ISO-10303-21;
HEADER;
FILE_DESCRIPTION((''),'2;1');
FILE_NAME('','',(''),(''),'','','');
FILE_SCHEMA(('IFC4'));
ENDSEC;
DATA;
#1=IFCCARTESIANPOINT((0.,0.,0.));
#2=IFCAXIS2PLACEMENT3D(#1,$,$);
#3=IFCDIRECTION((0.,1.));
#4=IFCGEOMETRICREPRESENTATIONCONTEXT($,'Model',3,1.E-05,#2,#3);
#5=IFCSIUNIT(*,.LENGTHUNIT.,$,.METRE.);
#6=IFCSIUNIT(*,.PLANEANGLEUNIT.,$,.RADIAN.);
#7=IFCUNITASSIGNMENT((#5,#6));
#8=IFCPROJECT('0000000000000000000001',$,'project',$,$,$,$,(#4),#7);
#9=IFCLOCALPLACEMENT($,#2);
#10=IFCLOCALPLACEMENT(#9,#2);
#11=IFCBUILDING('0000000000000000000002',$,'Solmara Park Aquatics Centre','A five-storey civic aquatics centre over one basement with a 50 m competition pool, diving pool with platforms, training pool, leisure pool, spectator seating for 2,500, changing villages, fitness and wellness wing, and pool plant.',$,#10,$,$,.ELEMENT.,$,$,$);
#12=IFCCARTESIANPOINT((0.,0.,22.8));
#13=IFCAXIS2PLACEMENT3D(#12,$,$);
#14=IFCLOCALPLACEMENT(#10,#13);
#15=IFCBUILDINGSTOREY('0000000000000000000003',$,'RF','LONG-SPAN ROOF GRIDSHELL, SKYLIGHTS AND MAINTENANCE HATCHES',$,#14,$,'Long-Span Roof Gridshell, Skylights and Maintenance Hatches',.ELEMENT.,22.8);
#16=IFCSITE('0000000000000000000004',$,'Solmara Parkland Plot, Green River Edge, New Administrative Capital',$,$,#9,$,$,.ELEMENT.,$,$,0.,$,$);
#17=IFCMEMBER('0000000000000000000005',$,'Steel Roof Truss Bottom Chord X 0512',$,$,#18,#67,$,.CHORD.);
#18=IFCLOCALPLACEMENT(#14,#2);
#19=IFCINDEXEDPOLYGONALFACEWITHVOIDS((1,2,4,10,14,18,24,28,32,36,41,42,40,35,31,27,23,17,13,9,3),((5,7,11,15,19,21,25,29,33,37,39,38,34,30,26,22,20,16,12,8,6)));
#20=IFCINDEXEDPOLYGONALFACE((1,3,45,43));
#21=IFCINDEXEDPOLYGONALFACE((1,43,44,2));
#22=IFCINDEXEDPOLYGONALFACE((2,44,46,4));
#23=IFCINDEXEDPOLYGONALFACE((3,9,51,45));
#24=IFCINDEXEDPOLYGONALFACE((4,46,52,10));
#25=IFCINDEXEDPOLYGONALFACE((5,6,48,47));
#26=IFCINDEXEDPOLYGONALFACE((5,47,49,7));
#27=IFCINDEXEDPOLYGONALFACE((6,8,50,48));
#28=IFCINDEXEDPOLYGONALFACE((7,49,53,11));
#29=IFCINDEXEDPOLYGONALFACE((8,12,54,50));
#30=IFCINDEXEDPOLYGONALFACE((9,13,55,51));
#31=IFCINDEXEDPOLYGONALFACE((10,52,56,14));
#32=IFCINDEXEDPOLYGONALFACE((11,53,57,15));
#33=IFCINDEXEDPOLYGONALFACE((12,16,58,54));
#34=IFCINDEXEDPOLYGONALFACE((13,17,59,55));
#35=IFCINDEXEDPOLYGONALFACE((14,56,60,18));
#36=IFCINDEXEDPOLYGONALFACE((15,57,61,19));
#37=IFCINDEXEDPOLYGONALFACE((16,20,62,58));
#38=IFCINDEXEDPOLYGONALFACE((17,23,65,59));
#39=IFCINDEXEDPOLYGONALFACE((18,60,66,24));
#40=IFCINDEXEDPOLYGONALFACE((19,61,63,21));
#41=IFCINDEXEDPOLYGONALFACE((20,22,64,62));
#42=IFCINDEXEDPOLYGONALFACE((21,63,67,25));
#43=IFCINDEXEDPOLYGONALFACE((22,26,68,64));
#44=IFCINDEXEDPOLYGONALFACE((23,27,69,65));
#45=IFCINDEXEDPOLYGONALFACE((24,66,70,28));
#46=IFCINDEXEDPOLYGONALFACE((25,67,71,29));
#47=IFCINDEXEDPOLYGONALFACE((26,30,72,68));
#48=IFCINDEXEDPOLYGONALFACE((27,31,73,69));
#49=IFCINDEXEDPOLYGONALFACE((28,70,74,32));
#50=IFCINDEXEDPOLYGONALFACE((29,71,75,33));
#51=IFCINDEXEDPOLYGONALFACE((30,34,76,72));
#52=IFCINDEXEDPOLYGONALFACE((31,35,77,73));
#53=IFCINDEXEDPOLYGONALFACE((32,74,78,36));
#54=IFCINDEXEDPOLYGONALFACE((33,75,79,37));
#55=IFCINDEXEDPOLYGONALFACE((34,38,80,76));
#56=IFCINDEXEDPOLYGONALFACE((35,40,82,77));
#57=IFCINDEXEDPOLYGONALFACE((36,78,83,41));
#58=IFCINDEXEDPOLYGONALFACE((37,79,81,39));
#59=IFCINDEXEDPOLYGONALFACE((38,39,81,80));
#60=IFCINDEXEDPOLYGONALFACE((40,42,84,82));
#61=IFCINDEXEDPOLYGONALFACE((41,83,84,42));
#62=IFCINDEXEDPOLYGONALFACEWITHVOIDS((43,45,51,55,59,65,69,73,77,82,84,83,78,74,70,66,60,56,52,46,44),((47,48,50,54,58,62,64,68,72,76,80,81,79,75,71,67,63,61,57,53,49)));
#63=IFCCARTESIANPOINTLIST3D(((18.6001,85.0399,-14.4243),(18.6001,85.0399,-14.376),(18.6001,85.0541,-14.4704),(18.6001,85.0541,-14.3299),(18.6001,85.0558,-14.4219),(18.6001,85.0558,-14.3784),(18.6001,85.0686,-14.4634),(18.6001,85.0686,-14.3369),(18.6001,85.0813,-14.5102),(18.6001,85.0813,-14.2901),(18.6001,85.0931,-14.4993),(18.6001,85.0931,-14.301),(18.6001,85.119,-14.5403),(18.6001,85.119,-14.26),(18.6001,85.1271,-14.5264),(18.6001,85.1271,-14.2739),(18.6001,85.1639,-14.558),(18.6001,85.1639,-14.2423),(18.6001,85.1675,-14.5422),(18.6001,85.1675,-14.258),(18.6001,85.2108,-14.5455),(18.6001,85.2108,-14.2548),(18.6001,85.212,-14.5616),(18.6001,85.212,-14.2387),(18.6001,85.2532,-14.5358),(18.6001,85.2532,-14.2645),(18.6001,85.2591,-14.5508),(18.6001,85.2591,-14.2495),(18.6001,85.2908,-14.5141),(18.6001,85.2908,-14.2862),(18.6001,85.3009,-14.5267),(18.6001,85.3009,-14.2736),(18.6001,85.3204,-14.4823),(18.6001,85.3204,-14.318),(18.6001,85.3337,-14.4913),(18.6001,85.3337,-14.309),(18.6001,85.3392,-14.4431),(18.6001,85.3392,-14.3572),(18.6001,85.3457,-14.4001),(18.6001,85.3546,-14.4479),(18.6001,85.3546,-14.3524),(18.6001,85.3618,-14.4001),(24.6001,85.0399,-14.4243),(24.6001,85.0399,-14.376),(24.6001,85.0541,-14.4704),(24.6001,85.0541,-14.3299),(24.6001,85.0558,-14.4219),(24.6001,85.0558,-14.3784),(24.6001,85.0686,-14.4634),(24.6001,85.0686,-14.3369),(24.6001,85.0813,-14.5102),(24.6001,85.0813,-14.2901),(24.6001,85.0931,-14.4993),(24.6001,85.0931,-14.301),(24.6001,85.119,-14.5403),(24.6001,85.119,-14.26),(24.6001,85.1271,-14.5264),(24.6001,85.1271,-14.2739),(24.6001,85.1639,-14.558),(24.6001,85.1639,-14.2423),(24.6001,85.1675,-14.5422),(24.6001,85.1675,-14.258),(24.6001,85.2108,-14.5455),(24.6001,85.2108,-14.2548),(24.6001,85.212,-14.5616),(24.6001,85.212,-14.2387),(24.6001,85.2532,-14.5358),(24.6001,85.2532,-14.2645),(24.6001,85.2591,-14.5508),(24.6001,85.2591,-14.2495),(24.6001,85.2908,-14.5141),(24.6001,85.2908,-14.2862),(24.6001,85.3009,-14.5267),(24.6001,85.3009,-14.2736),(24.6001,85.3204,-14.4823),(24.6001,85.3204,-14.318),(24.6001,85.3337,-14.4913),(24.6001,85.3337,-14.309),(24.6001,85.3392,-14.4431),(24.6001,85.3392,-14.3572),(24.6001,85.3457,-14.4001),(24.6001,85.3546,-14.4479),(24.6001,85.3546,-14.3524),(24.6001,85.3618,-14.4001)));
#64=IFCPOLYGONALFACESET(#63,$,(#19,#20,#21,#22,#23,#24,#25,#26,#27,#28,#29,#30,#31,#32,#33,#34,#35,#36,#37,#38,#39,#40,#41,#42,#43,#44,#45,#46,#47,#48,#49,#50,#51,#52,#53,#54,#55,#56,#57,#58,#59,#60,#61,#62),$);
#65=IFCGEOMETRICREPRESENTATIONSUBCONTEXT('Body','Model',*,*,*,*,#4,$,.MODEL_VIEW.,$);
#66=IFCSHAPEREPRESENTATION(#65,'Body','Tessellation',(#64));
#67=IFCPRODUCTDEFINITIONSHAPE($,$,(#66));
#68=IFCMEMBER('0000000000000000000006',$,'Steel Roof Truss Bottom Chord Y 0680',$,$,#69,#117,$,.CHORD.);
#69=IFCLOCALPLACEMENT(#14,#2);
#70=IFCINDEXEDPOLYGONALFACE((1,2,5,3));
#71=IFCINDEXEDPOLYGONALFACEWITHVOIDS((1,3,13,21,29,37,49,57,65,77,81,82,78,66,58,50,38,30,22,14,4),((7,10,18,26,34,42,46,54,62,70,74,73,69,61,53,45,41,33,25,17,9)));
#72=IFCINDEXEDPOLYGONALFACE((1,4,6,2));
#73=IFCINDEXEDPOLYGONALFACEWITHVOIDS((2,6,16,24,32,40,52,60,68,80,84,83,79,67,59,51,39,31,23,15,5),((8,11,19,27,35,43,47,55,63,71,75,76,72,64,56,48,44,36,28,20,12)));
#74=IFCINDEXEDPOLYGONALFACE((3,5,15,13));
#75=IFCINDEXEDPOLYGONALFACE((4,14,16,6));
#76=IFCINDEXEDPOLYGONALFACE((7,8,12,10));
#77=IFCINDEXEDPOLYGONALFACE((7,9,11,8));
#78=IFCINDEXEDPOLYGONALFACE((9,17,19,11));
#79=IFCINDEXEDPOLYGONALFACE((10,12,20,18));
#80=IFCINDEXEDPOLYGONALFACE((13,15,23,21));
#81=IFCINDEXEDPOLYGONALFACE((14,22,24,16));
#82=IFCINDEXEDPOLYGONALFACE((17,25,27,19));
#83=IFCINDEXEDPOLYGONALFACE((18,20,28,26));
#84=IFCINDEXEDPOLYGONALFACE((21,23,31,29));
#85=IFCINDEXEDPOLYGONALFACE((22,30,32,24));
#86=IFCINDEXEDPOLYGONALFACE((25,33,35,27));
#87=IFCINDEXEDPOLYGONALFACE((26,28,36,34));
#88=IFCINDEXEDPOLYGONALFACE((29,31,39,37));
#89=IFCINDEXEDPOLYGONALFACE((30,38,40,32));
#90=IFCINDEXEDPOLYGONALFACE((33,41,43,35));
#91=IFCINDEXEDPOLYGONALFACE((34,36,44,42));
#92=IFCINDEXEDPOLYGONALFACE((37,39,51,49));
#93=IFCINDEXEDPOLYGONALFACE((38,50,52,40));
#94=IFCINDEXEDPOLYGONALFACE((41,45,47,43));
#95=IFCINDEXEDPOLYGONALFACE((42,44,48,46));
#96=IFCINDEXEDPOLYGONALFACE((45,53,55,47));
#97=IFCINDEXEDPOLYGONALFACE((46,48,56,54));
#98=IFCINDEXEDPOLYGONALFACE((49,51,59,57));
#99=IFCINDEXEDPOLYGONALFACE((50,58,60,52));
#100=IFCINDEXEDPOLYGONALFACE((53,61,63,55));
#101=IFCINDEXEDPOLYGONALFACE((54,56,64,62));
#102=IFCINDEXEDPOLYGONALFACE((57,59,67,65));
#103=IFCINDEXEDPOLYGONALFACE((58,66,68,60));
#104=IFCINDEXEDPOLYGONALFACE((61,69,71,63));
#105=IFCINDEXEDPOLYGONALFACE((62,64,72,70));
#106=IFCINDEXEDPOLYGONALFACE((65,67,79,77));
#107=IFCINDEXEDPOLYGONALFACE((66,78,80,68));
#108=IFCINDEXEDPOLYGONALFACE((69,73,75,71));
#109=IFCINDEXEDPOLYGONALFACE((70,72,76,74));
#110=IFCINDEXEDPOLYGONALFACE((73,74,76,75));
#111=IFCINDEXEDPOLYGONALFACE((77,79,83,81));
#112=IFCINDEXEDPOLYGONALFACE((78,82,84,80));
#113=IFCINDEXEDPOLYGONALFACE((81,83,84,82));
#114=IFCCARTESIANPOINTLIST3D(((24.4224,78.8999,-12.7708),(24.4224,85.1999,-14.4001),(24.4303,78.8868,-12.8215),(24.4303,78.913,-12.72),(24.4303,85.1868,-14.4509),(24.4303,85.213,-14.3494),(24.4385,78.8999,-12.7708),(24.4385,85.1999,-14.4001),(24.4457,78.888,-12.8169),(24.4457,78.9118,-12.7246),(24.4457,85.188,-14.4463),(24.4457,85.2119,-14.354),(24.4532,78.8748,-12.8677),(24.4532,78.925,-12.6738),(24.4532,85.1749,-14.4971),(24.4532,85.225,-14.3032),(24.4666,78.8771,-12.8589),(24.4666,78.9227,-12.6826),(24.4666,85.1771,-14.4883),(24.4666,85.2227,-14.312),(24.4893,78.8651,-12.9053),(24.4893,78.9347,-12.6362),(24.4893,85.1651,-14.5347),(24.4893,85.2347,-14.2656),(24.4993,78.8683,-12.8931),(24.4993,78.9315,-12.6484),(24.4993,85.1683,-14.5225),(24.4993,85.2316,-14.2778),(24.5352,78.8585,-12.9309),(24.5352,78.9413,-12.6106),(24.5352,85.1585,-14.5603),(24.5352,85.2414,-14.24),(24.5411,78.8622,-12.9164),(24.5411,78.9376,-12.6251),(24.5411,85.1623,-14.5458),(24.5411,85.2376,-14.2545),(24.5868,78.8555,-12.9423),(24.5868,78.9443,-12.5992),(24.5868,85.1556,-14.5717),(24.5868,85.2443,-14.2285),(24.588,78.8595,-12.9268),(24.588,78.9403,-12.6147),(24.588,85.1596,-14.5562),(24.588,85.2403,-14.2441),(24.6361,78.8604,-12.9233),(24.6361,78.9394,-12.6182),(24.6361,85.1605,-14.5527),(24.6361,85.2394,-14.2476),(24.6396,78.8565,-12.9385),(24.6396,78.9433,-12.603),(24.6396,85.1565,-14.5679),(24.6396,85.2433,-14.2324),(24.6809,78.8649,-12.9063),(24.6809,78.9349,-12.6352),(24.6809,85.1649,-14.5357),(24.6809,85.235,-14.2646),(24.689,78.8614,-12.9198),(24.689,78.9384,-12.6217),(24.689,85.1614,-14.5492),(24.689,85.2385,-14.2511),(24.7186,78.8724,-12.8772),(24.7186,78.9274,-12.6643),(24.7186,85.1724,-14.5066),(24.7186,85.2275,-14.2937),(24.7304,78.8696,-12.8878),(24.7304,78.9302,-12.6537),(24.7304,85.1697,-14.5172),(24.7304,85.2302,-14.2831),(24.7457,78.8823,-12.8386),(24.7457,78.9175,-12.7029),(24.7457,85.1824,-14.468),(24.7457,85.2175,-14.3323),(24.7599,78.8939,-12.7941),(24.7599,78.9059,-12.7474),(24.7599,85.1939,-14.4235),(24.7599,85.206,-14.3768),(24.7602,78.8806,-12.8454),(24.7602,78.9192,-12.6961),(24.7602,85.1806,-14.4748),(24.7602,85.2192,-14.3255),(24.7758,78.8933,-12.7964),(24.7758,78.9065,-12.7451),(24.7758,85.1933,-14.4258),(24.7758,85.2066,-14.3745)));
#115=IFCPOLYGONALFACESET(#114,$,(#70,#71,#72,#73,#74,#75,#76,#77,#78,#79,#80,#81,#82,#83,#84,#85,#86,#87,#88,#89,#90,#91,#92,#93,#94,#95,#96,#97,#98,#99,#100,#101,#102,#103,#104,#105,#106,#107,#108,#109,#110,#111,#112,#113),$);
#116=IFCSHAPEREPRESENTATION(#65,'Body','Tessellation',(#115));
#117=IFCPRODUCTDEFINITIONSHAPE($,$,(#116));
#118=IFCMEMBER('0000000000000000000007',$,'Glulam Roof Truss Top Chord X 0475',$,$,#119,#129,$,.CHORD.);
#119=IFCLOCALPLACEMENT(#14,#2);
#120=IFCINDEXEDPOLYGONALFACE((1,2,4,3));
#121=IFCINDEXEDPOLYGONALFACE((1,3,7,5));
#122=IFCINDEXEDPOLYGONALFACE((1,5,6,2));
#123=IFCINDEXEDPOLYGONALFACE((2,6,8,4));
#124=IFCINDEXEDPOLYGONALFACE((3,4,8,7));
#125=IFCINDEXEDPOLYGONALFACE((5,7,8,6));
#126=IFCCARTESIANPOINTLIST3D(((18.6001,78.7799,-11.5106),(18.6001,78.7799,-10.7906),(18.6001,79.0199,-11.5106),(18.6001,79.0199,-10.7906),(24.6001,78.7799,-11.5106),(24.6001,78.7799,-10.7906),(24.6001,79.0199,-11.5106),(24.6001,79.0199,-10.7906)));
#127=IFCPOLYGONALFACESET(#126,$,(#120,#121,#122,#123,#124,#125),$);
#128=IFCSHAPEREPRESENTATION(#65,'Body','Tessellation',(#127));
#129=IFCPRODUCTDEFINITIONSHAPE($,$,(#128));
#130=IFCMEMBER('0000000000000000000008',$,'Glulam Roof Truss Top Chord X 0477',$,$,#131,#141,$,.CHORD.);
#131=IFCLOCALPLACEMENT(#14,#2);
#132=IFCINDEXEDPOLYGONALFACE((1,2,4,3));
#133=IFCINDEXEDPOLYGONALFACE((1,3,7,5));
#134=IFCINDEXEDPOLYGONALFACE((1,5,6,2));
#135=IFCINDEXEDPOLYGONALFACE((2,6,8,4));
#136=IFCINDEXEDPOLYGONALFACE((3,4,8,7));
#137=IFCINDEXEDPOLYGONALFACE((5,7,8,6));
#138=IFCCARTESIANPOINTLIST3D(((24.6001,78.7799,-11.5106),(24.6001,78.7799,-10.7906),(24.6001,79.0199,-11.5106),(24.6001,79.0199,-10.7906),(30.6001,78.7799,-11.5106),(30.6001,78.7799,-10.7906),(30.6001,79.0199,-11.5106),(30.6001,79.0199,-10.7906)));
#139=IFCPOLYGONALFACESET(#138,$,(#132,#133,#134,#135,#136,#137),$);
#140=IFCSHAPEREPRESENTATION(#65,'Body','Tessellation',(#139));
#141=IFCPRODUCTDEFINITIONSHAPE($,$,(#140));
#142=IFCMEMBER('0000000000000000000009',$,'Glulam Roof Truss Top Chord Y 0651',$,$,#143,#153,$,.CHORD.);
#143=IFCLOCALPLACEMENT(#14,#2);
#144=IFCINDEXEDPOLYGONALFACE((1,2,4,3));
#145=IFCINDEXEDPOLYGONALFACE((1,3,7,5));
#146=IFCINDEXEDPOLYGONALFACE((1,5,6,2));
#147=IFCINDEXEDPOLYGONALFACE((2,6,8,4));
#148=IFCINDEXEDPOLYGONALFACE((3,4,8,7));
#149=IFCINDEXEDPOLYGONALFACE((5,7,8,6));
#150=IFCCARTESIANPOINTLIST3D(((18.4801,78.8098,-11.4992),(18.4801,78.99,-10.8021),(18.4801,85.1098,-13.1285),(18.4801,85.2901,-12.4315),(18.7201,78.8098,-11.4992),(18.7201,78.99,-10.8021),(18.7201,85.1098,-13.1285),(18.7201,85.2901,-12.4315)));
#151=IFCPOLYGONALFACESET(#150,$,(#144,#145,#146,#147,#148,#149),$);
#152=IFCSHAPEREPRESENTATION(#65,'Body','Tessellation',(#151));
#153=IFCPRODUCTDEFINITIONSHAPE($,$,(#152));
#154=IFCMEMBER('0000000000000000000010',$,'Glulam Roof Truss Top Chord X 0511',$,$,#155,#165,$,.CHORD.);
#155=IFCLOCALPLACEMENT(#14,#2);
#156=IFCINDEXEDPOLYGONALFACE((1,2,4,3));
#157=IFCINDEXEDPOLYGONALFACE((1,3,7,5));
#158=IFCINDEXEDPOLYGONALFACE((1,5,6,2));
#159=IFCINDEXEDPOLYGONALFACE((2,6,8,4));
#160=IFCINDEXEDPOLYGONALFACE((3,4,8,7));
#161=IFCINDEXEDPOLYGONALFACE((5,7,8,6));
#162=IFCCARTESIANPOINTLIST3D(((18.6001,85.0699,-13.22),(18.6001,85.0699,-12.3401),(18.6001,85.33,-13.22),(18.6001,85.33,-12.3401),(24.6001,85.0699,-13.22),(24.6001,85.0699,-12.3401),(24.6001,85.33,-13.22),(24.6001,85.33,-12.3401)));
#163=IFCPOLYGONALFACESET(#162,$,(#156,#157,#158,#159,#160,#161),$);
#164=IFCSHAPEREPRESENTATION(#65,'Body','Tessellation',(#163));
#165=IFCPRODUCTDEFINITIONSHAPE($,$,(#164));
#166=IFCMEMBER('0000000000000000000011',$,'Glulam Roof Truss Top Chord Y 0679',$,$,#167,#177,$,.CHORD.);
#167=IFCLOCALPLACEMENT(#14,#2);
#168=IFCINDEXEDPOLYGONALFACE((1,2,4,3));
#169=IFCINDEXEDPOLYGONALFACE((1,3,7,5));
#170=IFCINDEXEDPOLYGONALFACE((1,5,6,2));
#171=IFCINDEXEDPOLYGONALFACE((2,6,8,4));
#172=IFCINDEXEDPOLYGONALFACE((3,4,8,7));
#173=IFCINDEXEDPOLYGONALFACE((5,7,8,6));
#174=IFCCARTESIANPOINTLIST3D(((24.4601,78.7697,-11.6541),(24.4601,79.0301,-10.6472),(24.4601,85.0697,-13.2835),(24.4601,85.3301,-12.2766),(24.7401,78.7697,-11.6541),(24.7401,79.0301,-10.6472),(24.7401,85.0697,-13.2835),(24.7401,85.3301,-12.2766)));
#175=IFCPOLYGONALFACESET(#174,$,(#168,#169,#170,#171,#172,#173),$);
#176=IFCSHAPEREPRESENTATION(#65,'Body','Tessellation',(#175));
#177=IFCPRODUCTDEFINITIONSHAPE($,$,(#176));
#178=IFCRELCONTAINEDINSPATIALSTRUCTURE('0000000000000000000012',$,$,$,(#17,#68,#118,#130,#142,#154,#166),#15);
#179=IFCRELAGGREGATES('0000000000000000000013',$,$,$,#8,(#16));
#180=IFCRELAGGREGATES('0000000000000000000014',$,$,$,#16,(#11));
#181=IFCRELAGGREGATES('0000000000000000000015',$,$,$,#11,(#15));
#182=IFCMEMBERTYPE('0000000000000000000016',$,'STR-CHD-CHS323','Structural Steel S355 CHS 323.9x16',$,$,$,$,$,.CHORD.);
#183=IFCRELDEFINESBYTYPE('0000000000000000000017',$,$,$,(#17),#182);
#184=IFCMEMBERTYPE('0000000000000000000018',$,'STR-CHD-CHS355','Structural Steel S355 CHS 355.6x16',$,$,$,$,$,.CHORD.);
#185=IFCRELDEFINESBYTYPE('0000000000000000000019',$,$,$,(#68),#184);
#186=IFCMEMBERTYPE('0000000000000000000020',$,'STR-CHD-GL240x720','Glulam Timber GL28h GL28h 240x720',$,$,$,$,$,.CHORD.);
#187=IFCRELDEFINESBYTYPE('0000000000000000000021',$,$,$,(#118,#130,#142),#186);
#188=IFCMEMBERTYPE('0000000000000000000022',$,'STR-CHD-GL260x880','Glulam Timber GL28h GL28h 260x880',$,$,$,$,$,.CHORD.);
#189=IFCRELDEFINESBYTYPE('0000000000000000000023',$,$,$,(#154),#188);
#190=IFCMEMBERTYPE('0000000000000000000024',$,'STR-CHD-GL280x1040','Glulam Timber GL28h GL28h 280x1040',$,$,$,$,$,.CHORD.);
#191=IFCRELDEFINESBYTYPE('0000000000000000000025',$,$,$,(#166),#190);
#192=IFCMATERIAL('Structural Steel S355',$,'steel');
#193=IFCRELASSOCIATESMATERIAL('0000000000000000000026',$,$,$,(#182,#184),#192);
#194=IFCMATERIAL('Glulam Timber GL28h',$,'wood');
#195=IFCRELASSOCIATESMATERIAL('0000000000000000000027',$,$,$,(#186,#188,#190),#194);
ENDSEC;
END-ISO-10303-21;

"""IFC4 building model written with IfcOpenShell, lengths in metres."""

from ifc_helpers import new_model, si_unit, direction, frame, origin, origin_2d, place, context, subcontext, project, spatial, rectangle, hollow_circle, extrude, material, material_profile, profile_set, type_object, element, save


model = new_model("IFC4")

# Units and contexts
model_context = context("Model", 3, precision=1e-05, world=origin(), true_north=direction((0.0, 1.0)))
body_context = subcontext(model_context, "Body", "Model", "MODEL_VIEW")
ifc_project = project(units=[si_unit("LENGTHUNIT", "METRE"), si_unit("PLANEANGLEUNIT", "RADIAN")], contexts=[model_context])

# Site, building, storey
site_placement = place(None, origin())
site = spatial("IfcSite", under=ifc_project, at=site_placement, Name="Solmara Parkland Plot, Green River Edge, New Administrative Capital", CompositionType="ELEMENT", RefElevation=0.0)
building_placement = place(site_placement, origin())
building = spatial("IfcBuilding", under=site, at=building_placement, Name="Solmara Park Aquatics Centre", Description="A five-storey civic aquatics centre over one basement with a 50 m competition pool, diving pool with platforms, training pool, leisure pool, spectator seating for 2,500, changing villages, fitness and wellness wing, and pool plant.", CompositionType="ELEMENT")
storey_placement = place(building_placement, frame((0.0, 0.0, 22.8)))
storey = spatial("IfcBuildingStorey", under=building, at=storey_placement, Name="RF", Description="LONG-SPAN ROOF GRIDSHELL, SKYLIGHTS AND MAINTENANCE HATCHES", LongName="Long-Span Roof Gridshell, Skylights and Maintenance Hatches", CompositionType="ELEMENT", Elevation=22.8)

# Members
ifc_material_1 = material(Name="Structural Steel S355", Category="steel")
ifc_material_profile_1 = material_profile(ifc_material_1, hollow_circle(Radius=0.1619, WallThickness=0.0161, at=origin_2d()), Name="CHS 323.9x16")
ifc_profile_set_1 = profile_set([ifc_material_profile_1], Name="Structural Steel S355")
member_type_1 = type_object("IfcMemberType", Name="STR-CHD-CHS323", Description="Structural Steel S355 CHS 323.9x16", PredefinedType="CHORD", material=ifc_profile_set_1)
member_1_placement = place(storey_placement, frame((18.6001, 85.2, -14.4001), z_axis=(1.0, 0.0, 0.0), x_axis=(0.0, 1.0, 0.0)))
element("IfcMember", 1, at=member_1_placement, inside=storey, type_object=member_type_1, Name="Steel Roof Truss Bottom Chord X 0512", PredefinedType="CHORD", context=body_context, shape_type="SweptSolid", body=[
    extrude(hollow_circle(Radius=0.1619, WallThickness=0.0161, at=origin_2d()), origin(), (0.0, 0.0, 1.0), 6.0),
])
ifc_material_profile_2 = material_profile(ifc_material_1, hollow_circle(Radius=0.1777, WallThickness=0.0161, at=origin_2d()), Name="CHS 355.6x16")
ifc_profile_set_2 = profile_set([ifc_material_profile_2], Name="Structural Steel S355")
member_type_2 = type_object("IfcMemberType", Name="STR-CHD-CHS355", Description="Structural Steel S355 CHS 355.6x16", PredefinedType="CHORD", material=ifc_profile_set_2)
member_2_placement = place(storey_placement, frame((24.6001, 78.8999, -12.7708), z_axis=(0.0, 0.968144, -0.250393), x_axis=(-1.0, 0.0, 0.0)))
element("IfcMember", 2, at=member_2_placement, inside=storey, type_object=member_type_2, Name="Steel Roof Truss Bottom Chord Y 0680", PredefinedType="CHORD", context=body_context, shape_type="SweptSolid", body=[
    extrude(hollow_circle(Radius=0.1777, WallThickness=0.0161, at=origin_2d()), origin(), (0.0, 0.0, 1.0), 6.5073),
])
ifc_material_2 = material(Name="Glulam Timber GL28h", Category="wood")
ifc_material_profile_3 = material_profile(ifc_material_2, rectangle(XDim=0.24, YDim=0.72, at=origin_2d()), Name="GL28h 240x720")
ifc_profile_set_3 = profile_set([ifc_material_profile_3], Name="Glulam Timber GL28h")
member_type_3 = type_object("IfcMemberType", Name="STR-CHD-GL240x720", Description="Glulam Timber GL28h GL28h 240x720", PredefinedType="CHORD", material=ifc_profile_set_3)
for number, where, z_axis, x_axis, name in (
    (3, (18.6001, 78.8999, -11.1506), (1.0, 0.0, 0.0), (0.0, 1.0, 0.0), "Glulam Roof Truss Top Chord X 0475"),
    (4, (24.6001, 78.8999, -11.1506), (1.0, 0.0, 0.0), (0.0, 1.0, 0.0), "Glulam Roof Truss Top Chord X 0477"),
):
    element("IfcMember", number, at=place(storey_placement, frame(where, z_axis=z_axis, x_axis=x_axis)), inside=storey, type_object=member_type_3, Name=name, PredefinedType="CHORD", context=body_context, shape_type="SweptSolid", body=[
        extrude(rectangle(XDim=0.24, YDim=0.72, at=origin_2d()), origin(), (0.0, 0.0, 1.0), 6.0),
    ])
member_3_placement = place(storey_placement, frame((18.6001, 78.8999, -11.1506), z_axis=(0.0, 0.968144, -0.250393), x_axis=(-1.0, 0.0, 0.0)))
element("IfcMember", 5, at=member_3_placement, inside=storey, type_object=member_type_3, Name="Glulam Roof Truss Top Chord Y 0651", PredefinedType="CHORD", context=body_context, shape_type="SweptSolid", body=[
    extrude(rectangle(XDim=0.24, YDim=0.72, at=origin_2d()), origin(), (0.0, 0.0, 1.0), 6.5073),
])
ifc_material_profile_4 = material_profile(ifc_material_2, rectangle(XDim=0.26, YDim=0.8799, at=origin_2d()), Name="GL28h 260x880")
ifc_profile_set_4 = profile_set([ifc_material_profile_4], Name="Glulam Timber GL28h")
member_type_4 = type_object("IfcMemberType", Name="STR-CHD-GL260x880", Description="Glulam Timber GL28h GL28h 260x880", PredefinedType="CHORD", material=ifc_profile_set_4)
member_4_placement = place(storey_placement, frame((18.6001, 85.2, -12.78), z_axis=(1.0, 0.0, 0.0), x_axis=(0.0, 1.0, 0.0)))
element("IfcMember", 6, at=member_4_placement, inside=storey, type_object=member_type_4, Name="Glulam Roof Truss Top Chord X 0511", PredefinedType="CHORD", context=body_context, shape_type="SweptSolid", body=[
    extrude(rectangle(XDim=0.26, YDim=0.8799, at=origin_2d()), origin(), (0.0, 0.0, 1.0), 6.0),
])
ifc_material_profile_5 = material_profile(ifc_material_2, rectangle(XDim=0.28, YDim=1.04, at=origin_2d()), Name="GL28h 280x1040")
ifc_profile_set_5 = profile_set([ifc_material_profile_5], Name="Glulam Timber GL28h")
member_type_5 = type_object("IfcMemberType", Name="STR-CHD-GL280x1040", Description="Glulam Timber GL28h GL28h 280x1040", PredefinedType="CHORD", material=ifc_profile_set_5)
member_5_placement = place(storey_placement, frame((24.6001, 78.8999, -11.1506), z_axis=(0.0, 0.968144, -0.250393), x_axis=(-1.0, 0.0, 0.0)))
element("IfcMember", 7, at=member_5_placement, inside=storey, type_object=member_type_5, Name="Glulam Roof Truss Top Chord Y 0679", PredefinedType="CHORD", context=body_context, shape_type="SweptSolid", body=[
    extrude(rectangle(XDim=0.28, YDim=1.04, at=origin_2d()), origin(), (0.0, 0.0, 1.0), 6.5073),
])

save(model, "model.ifc")
